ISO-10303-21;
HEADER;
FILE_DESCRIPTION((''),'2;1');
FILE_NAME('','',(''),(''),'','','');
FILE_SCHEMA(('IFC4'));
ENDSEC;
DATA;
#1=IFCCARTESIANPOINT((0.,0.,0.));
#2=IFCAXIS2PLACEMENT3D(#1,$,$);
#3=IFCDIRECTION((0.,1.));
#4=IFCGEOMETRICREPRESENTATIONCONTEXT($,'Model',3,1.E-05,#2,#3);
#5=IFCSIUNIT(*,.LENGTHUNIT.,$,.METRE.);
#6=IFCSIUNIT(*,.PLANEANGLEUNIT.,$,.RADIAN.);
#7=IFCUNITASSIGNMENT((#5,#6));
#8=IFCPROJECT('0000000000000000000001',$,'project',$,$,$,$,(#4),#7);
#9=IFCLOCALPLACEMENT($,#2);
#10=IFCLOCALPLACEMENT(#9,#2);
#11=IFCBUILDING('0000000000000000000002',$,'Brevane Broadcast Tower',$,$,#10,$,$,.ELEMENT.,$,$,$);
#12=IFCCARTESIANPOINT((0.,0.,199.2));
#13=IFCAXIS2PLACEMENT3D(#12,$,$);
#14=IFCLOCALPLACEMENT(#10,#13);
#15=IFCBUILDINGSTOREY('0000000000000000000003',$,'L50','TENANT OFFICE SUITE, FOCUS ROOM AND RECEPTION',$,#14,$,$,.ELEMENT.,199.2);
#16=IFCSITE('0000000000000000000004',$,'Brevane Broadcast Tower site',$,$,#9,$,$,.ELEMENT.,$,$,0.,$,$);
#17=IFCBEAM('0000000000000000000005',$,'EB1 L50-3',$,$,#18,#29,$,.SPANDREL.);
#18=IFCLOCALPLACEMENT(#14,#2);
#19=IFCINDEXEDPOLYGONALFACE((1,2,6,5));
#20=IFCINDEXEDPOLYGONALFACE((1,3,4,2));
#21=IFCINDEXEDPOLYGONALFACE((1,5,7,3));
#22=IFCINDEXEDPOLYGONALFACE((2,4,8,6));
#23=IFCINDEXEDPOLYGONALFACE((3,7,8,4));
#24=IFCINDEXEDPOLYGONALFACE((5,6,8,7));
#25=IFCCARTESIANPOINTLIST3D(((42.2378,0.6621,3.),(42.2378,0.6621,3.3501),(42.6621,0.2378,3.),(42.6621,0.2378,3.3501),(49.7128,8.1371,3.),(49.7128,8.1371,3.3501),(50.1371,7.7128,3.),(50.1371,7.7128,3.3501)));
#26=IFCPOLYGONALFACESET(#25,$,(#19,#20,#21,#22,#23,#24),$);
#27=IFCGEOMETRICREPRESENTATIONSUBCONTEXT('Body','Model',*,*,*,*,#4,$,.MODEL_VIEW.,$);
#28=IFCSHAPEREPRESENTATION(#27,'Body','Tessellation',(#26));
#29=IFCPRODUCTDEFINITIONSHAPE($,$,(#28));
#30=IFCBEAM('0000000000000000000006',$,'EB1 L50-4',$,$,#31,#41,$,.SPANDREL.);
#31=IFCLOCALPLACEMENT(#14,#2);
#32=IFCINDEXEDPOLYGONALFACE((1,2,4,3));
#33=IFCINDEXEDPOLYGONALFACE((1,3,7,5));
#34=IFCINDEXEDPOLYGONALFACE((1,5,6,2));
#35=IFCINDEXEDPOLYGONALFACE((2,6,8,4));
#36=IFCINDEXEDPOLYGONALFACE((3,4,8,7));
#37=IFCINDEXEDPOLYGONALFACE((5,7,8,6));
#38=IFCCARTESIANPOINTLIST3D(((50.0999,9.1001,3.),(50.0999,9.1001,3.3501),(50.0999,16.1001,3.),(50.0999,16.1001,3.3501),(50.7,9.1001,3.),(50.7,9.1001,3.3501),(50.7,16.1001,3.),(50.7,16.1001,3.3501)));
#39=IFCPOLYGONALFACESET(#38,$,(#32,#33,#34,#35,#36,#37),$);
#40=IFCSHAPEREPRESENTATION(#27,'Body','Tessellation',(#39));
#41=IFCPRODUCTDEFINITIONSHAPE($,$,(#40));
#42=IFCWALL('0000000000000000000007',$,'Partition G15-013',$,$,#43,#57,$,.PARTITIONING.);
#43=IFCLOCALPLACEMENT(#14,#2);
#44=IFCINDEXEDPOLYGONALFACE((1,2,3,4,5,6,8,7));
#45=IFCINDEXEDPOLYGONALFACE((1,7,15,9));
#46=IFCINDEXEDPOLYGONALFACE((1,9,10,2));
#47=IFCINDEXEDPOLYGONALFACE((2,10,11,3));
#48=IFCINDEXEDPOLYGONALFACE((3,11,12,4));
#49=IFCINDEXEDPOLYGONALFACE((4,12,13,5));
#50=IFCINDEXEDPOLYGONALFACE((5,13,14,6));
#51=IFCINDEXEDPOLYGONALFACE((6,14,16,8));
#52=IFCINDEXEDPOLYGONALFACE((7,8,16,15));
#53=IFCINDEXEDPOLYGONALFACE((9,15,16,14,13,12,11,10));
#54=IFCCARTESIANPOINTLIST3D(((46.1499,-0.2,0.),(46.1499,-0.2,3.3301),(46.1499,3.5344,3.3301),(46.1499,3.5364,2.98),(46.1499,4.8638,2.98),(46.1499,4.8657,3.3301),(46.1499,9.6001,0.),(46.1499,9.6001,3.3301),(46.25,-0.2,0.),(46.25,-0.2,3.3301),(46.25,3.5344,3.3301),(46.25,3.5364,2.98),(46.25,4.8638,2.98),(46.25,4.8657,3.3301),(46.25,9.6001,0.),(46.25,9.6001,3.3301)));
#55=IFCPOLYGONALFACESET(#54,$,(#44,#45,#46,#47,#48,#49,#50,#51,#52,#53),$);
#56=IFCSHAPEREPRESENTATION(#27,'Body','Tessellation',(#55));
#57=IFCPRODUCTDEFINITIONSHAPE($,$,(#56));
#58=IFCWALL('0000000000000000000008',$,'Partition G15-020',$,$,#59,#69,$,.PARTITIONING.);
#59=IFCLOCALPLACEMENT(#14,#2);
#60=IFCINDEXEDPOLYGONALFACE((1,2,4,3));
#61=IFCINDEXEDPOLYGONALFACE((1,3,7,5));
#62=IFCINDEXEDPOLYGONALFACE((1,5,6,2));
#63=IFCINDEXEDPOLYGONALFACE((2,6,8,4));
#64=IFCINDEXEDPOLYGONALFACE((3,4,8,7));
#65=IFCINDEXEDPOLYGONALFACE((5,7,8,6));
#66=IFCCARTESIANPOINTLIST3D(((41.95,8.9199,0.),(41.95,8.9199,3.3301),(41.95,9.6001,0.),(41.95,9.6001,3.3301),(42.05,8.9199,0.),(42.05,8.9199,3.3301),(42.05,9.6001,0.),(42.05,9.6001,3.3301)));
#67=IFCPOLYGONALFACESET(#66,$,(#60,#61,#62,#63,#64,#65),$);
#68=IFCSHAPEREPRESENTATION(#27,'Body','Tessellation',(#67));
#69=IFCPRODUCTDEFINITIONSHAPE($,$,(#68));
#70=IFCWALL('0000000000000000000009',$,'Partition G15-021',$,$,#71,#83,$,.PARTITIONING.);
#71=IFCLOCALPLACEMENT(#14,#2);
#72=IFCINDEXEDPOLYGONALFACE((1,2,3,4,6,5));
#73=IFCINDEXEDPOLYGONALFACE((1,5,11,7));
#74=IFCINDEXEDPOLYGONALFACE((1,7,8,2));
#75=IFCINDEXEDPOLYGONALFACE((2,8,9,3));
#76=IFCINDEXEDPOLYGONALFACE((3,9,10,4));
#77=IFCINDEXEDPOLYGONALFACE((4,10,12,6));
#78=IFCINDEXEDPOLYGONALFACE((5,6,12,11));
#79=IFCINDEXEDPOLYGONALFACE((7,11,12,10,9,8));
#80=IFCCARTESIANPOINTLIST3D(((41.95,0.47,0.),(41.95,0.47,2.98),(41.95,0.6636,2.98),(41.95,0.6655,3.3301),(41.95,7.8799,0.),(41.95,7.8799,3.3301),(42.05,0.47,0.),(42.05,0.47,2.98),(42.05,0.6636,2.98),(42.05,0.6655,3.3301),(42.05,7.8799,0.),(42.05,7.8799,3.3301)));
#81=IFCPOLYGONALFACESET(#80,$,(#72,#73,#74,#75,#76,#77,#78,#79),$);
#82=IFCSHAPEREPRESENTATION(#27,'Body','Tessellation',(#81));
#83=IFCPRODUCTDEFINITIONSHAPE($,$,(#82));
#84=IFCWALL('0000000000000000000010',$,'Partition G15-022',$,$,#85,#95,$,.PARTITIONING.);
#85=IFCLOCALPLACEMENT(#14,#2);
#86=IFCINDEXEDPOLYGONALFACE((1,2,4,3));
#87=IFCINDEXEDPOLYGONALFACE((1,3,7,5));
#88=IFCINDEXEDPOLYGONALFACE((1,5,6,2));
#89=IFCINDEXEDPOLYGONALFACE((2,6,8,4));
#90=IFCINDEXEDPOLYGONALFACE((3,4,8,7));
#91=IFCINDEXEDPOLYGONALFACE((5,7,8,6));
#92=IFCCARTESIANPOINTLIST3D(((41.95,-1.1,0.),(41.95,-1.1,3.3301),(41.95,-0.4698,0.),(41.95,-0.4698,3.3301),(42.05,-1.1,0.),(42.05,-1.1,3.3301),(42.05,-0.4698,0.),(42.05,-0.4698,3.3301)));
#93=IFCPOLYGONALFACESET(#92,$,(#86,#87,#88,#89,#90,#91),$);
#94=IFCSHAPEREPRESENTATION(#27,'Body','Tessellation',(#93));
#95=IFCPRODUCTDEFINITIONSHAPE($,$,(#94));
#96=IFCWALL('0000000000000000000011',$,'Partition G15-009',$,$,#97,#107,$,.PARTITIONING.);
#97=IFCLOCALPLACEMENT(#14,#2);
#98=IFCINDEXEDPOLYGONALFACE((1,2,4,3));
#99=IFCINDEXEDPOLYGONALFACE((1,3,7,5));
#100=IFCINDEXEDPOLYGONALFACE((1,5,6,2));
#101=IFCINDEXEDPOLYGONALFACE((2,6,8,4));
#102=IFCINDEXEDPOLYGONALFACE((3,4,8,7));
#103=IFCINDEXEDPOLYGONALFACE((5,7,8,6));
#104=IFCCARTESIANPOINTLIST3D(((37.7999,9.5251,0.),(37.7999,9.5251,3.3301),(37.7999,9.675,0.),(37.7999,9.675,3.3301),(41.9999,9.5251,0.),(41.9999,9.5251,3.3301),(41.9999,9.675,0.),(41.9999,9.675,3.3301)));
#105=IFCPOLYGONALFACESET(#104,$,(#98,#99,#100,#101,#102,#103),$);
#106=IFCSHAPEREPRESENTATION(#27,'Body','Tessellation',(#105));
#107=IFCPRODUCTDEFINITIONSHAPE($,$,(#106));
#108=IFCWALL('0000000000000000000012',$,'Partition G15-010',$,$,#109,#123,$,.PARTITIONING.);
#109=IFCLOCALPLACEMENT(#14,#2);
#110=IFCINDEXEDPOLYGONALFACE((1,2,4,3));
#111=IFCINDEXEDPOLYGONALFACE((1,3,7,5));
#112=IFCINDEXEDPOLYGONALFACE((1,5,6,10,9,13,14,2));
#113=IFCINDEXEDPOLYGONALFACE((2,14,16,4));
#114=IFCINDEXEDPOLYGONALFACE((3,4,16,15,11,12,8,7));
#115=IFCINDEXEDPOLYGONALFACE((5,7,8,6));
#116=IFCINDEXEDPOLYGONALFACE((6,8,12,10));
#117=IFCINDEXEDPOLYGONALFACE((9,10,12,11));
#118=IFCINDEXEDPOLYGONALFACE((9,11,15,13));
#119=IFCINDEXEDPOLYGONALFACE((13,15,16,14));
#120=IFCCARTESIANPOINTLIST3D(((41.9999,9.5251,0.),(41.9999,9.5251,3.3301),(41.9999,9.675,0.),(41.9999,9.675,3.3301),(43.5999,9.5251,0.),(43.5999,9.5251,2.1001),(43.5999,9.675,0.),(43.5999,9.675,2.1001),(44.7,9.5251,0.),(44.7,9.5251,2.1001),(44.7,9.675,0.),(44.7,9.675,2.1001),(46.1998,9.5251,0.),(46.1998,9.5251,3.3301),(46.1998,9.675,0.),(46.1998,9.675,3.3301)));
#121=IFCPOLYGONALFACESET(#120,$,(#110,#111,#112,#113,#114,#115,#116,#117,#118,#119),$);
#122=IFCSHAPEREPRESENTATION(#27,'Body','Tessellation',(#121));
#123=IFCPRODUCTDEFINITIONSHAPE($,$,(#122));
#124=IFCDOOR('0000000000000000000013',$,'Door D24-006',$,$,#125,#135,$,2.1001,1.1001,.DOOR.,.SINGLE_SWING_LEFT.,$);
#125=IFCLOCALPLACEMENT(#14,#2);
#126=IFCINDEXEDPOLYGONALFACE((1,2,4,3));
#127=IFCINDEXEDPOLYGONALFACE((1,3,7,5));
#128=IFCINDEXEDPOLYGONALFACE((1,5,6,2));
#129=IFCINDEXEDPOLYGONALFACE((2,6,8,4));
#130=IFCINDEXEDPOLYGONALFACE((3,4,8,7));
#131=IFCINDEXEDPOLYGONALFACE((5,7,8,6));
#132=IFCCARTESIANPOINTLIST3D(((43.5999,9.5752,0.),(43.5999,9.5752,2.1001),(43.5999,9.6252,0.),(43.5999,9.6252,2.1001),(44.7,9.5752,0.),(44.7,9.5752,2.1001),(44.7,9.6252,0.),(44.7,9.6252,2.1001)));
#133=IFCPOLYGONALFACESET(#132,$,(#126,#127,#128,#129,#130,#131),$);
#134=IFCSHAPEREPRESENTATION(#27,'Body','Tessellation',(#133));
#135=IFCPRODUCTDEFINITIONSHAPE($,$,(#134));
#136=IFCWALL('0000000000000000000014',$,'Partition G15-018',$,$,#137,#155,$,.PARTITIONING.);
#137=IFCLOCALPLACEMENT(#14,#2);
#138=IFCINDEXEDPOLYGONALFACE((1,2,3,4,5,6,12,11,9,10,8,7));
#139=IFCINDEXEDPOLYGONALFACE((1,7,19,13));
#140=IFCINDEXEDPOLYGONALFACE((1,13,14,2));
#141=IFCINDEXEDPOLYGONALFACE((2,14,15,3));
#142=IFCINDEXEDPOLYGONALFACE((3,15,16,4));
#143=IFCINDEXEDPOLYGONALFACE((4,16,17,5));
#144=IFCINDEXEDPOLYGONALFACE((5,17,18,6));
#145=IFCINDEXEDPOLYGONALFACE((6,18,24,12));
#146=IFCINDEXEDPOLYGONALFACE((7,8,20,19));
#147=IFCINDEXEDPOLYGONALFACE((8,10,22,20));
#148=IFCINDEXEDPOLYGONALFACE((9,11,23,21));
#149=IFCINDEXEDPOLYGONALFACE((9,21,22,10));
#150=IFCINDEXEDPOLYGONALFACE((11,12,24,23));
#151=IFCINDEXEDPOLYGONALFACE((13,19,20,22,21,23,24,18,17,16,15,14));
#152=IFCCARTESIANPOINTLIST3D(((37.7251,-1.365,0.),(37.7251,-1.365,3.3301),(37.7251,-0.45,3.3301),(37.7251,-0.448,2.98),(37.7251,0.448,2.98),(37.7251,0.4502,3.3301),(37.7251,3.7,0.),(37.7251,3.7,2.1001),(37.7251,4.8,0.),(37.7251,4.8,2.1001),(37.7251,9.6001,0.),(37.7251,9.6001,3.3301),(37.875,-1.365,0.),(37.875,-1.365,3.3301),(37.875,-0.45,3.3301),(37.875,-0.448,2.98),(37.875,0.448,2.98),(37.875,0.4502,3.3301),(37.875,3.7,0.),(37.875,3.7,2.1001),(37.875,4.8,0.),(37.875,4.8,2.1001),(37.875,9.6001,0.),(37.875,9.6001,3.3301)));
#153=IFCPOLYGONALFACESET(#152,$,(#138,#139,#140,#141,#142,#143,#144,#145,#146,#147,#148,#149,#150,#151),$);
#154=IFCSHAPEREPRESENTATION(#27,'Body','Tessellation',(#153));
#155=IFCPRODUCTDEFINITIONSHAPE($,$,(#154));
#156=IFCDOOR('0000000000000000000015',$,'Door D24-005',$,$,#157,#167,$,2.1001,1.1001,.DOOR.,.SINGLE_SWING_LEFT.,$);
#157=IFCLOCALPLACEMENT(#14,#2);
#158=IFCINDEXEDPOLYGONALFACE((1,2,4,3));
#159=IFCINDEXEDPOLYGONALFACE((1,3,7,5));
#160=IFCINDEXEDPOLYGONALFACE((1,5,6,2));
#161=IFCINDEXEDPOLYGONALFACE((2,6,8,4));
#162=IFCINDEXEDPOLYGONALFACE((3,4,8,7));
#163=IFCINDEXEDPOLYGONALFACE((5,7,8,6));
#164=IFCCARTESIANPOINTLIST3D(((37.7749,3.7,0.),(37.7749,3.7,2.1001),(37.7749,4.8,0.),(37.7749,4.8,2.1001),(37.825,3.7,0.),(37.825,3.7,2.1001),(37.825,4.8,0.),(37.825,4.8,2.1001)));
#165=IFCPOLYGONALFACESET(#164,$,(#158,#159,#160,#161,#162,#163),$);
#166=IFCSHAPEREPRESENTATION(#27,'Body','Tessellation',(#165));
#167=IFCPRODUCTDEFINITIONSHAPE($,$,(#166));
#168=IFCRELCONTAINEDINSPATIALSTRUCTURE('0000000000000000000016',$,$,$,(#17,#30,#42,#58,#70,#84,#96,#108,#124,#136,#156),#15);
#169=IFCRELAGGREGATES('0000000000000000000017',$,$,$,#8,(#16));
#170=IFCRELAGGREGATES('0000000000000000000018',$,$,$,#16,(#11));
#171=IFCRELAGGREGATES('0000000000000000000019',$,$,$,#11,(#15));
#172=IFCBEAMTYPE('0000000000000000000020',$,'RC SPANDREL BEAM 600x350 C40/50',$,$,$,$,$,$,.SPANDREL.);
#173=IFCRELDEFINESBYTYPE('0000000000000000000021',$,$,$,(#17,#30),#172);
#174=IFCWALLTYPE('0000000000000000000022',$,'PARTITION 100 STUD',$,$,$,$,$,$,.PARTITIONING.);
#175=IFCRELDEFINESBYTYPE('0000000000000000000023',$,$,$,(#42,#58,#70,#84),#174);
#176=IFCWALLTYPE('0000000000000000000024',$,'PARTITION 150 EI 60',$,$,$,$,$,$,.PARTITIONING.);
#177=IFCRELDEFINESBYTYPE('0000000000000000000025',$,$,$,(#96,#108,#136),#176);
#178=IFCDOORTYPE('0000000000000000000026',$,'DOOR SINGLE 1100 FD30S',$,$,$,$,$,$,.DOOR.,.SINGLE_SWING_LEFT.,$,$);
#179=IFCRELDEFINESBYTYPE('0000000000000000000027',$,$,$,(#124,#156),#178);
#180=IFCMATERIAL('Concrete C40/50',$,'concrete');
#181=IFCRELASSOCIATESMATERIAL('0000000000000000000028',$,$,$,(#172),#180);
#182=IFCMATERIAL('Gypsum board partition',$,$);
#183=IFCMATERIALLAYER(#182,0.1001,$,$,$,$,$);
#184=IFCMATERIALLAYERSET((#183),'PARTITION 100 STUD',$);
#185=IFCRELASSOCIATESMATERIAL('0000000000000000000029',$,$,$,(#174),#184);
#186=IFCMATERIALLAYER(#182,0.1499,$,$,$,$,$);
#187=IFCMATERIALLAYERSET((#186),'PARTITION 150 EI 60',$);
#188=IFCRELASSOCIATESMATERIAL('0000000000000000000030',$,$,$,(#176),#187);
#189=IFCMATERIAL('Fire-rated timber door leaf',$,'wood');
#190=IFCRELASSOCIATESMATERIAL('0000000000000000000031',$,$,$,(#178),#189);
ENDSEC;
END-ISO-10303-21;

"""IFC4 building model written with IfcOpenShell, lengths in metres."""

from ifc_helpers import new_model, si_unit, direction, frame, frame_2d, origin, origin_2d, place, context, subcontext, project, spatial, polyline, rectangle, outline, extrude, material, layer, layer_set, material_profile, profile_set, type_object, element, fill, save


model = new_model("IFC4")

# Units and contexts
model_context = context("Model", 3, precision=1e-05, world=origin(), true_north=direction((0.0, 1.0)))
body_context = subcontext(model_context, "Body", "Model", "MODEL_VIEW")
ifc_project = project(units=[si_unit("LENGTHUNIT", "METRE"), si_unit("PLANEANGLEUNIT", "RADIAN")], contexts=[model_context])

# Site, building, storey
site_placement = place(None, origin())
site = spatial("IfcSite", under=ifc_project, at=site_placement, Name="Brevane Broadcast Tower site", CompositionType="ELEMENT", RefElevation=0.0)
building_placement = place(site_placement, origin())
building = spatial("IfcBuilding", under=site, at=building_placement, Name="Brevane Broadcast Tower", CompositionType="ELEMENT")
storey_placement = place(building_placement, frame((0.0, 0.0, 199.2)))
storey = spatial("IfcBuildingStorey", under=building, at=storey_placement, Name="L50", Description="TENANT OFFICE SUITE, FOCUS ROOM AND RECEPTION", CompositionType="ELEMENT", Elevation=199.2)

# Beams
ifc_material_1 = material(Name="Concrete C40/50", Category="concrete")
ifc_material_profile_1 = material_profile(ifc_material_1, rectangle(XDim=0.6001, YDim=0.3501, at=origin_2d()), Name="RC 600x350")
ifc_profile_set_1 = profile_set([ifc_material_profile_1], Name="Concrete C40/50")
beam_type = type_object("IfcBeamType", Name="RC SPANDREL BEAM 600x350 C40/50", PredefinedType="SPANDREL", material=ifc_profile_set_1)
beam_1_placement = place(storey_placement, frame((42.45, 0.45, 3.175), z_axis=(0.707107, 0.707107, 0.0), x_axis=(-0.707107, 0.707107, 0.0)))
element("IfcBeam", 1, at=beam_1_placement, inside=storey, type_object=beam_type, Name="EB1 L50-3", PredefinedType="SPANDREL", context=body_context, shape_type="SweptSolid", body=[
    extrude(rectangle(XDim=0.6001, YDim=0.3501, at=origin_2d()), origin(), (0.0, 0.0, 1.0), 10.5713),
])
beam_2_placement = place(storey_placement, frame((50.3999, 9.1001, 3.175), z_axis=(0.0, 1.0, 0.0), x_axis=(-1.0, 0.0, 0.0)))
element("IfcBeam", 2, at=beam_2_placement, inside=storey, type_object=beam_type, Name="EB1 L50-4", PredefinedType="SPANDREL", context=body_context, shape_type="SweptSolid", body=[
    extrude(rectangle(XDim=0.6001, YDim=0.3501, at=origin_2d()), origin(), (0.0, 0.0, 1.0), 7.0),
])

# Walls
ifc_material_2 = material(Name="Gypsum board partition")
ifc_layer_1 = layer(ifc_material_2, 0.1001)
ifc_layer_set_1 = layer_set([ifc_layer_1], Name="PARTITION 100 STUD")
wall_type_1 = type_object("IfcWallType", Name="PARTITION 100 STUD", PredefinedType="PARTITIONING", material=ifc_layer_set_1)
wall_1_placement = place(storey_placement, frame((46.2, -0.2, 0.0), z_axis=(0.0, 0.0, 1.0), x_axis=(0.0, 1.0, 0.0)))
element("IfcWall", 3, at=wall_1_placement, inside=storey, type_object=wall_type_1, Name="Partition G15-013", PredefinedType="PARTITIONING", context=body_context, shape_type="SweptSolid", body=[
    extrude(outline(polyline([(0.0, 0.0), (9.8, 0.0), (9.8, 3.3301), (5.0657, 3.3301), (5.0637, 2.98), (3.7363, 2.98), (3.7344, 3.3301), (0.0, 3.3301), (0.0, 0.0)])), frame((0.0, 0.05, 0.0), z_axis=(0.0, -1.0, 0.0), x_axis=(1.0, 0.0, 0.0)), (0.0, 0.0, 1.0), 0.1001),
])
wall_2_placement = place(storey_placement, frame((42.0, 9.6001, 0.0), z_axis=(0.0, 0.0, 1.0), x_axis=(0.0, -1.0, 0.0)))
element("IfcWall", 4, at=wall_2_placement, inside=storey, type_object=wall_type_1, Name="Partition G15-020", PredefinedType="PARTITIONING", context=body_context, shape_type="SweptSolid", body=[
    extrude(rectangle(XDim=0.6802, YDim=0.1001, at=frame_2d((0.3401, 0.0))), origin(), (0.0, 0.0, 1.0), 3.3301),
])
wall_3_placement = place(storey_placement, frame((42.0, 7.8799, 0.0), z_axis=(0.0, 0.0, 1.0), x_axis=(0.0, -1.0, 0.0)))
element("IfcWall", 5, at=wall_3_placement, inside=storey, type_object=wall_type_1, Name="Partition G15-021", PredefinedType="PARTITIONING", context=body_context, shape_type="SweptSolid", body=[
    extrude(outline(polyline([(0.0, 0.0), (7.4099, 0.0), (7.4099, 2.98), (7.2163, 2.98), (7.2144, 3.3301), (0.0, 3.3301), (0.0, 0.0)])), frame((0.0, 0.05, 0.0), z_axis=(0.0, -1.0, 0.0), x_axis=(1.0, 0.0, 0.0)), (0.0, 0.0, 1.0), 0.1001),
])
wall_4_placement = place(storey_placement, frame((42.0, -0.47, 0.0), z_axis=(0.0, 0.0, 1.0), x_axis=(0.0, -1.0, 0.0)))
element("IfcWall", 6, at=wall_4_placement, inside=storey, type_object=wall_type_1, Name="Partition G15-022", PredefinedType="PARTITIONING", context=body_context, shape_type="SweptSolid", body=[
    extrude(rectangle(XDim=0.6301, YDim=0.1001, at=frame_2d((0.3149, 0.0))), origin(), (0.0, 0.0, 1.0), 3.3301),
])
ifc_layer_2 = layer(ifc_material_2, 0.1499)
ifc_layer_set_2 = layer_set([ifc_layer_2], Name="PARTITION 150 EI 60")
wall_type_2 = type_object("IfcWallType", Name="PARTITION 150 EI 60", PredefinedType="PARTITIONING", material=ifc_layer_set_2)
wall_5_placement = place(storey_placement, frame((42.0, 9.6001, 0.0), z_axis=(0.0, 0.0, 1.0), x_axis=(-1.0, 0.0, 0.0)))
element("IfcWall", 7, at=wall_5_placement, inside=storey, type_object=wall_type_2, Name="Partition G15-009", PredefinedType="PARTITIONING", context=body_context, shape_type="SweptSolid", body=[
    extrude(rectangle(XDim=4.2, YDim=0.1499, at=frame_2d((2.1001, 0.0))), origin(), (0.0, 0.0, 1.0), 3.3301),
])

# Walls, openings, doors
wall_6_placement = place(storey_placement, frame((46.2, 9.6001, 0.0), z_axis=(0.0, 0.0, 1.0), x_axis=(-1.0, 0.0, 0.0)))
wall_6 = element("IfcWall", 8, at=wall_6_placement, inside=storey, type_object=wall_type_2, Name="Partition G15-010", PredefinedType="PARTITIONING", context=body_context, shape_type="SweptSolid", body=[
    extrude(rectangle(XDim=4.2, YDim=0.1499, at=frame_2d((2.1001, 0.0))), origin(), (0.0, 0.0, 1.0), 3.3301),
])
opening_1_placement = place(wall_6_placement, frame((1.5, 0.0, 0.0)))
opening_1 = element("IfcOpeningElement", 9, at=opening_1_placement, cuts=wall_6, PredefinedType="OPENING", context=body_context, shape_type="SweptSolid", body=[
    extrude(rectangle(XDim=1.1001, YDim=2.1001, at=frame_2d((0.55, 1.05))), frame((0.0, 0.085, 0.0), z_axis=(0.0, -1.0, 0.0), x_axis=(1.0, 0.0, 0.0)), (0.0, 0.0, 1.0), 0.1699),
])
ifc_material_3 = material(Name="Fire-rated timber door leaf", Category="wood")
door_type = type_object("IfcDoorType", Name="DOOR SINGLE 1100 FD30S", OperationType="SINGLE_SWING_LEFT", PredefinedType="DOOR", material=ifc_material_3)
door_1_placement = place(opening_1_placement, origin())
door_1 = element("IfcDoor", 10, at=door_1_placement, inside=storey, type_object=door_type, Name="Door D24-006", OperationType="SINGLE_SWING_LEFT", OverallHeight=2.1001, OverallWidth=1.1001, PredefinedType="DOOR", context=body_context, shape_type="SweptSolid", body=[
    extrude(rectangle(XDim=1.1001, YDim=2.1001, at=frame_2d((0.55, 1.05))), frame((0.0, 0.0249, 0.0), z_axis=(0.0, -1.0, 0.0), x_axis=(1.0, 0.0, 0.0)), (0.0, 0.0, 1.0), 0.05),
])
fill(opening_1, door_1)
wall_7_placement = place(storey_placement, frame((37.8, 9.6001, 0.0), z_axis=(0.0, 0.0, 1.0), x_axis=(0.0, -1.0, 0.0)))
wall_7 = element("IfcWall", 11, at=wall_7_placement, inside=storey, type_object=wall_type_2, Name="Partition G15-018", PredefinedType="PARTITIONING", context=body_context, shape_type="SweptSolid", body=[
    extrude(outline(polyline([(0.0, 0.0), (10.9651, 0.0), (10.9651, 3.3301), (10.7, 3.3301), (10.05, 3.3301), (10.0481, 2.98), (9.1521, 2.98), (9.1499, 3.3301), (0.0, 3.3301), (0.0, 0.0)])), frame((0.0, 0.075, 0.0), z_axis=(0.0, -1.0, 0.0), x_axis=(1.0, 0.0, 0.0)), (0.0, 0.0, 1.0), 0.1499),
])
opening_2_placement = place(wall_7_placement, frame((4.8, 0.0, 0.0)))
opening_2 = element("IfcOpeningElement", 12, at=opening_2_placement, cuts=wall_7, PredefinedType="OPENING", context=body_context, shape_type="SweptSolid", body=[
    extrude(rectangle(XDim=1.1001, YDim=2.1001, at=frame_2d((0.55, 1.05))), frame((0.0, 0.085, 0.0), z_axis=(0.0, -1.0, 0.0), x_axis=(1.0, 0.0, 0.0)), (0.0, 0.0, 1.0), 0.1699),
])
door_2_placement = place(opening_2_placement, origin())
door_2 = element("IfcDoor", 13, at=door_2_placement, inside=storey, type_object=door_type, Name="Door D24-005", OperationType="SINGLE_SWING_LEFT", OverallHeight=2.1001, OverallWidth=1.1001, PredefinedType="DOOR", context=body_context, shape_type="SweptSolid", body=[
    extrude(rectangle(XDim=1.1001, YDim=2.1001, at=frame_2d((0.55, 1.05))), frame((0.0, 0.0249, 0.0), z_axis=(0.0, -1.0, 0.0), x_axis=(1.0, 0.0, 0.0)), (0.0, 0.0, 1.0), 0.05),
])
fill(opening_2, door_2)

save(model, "model.ifc")
